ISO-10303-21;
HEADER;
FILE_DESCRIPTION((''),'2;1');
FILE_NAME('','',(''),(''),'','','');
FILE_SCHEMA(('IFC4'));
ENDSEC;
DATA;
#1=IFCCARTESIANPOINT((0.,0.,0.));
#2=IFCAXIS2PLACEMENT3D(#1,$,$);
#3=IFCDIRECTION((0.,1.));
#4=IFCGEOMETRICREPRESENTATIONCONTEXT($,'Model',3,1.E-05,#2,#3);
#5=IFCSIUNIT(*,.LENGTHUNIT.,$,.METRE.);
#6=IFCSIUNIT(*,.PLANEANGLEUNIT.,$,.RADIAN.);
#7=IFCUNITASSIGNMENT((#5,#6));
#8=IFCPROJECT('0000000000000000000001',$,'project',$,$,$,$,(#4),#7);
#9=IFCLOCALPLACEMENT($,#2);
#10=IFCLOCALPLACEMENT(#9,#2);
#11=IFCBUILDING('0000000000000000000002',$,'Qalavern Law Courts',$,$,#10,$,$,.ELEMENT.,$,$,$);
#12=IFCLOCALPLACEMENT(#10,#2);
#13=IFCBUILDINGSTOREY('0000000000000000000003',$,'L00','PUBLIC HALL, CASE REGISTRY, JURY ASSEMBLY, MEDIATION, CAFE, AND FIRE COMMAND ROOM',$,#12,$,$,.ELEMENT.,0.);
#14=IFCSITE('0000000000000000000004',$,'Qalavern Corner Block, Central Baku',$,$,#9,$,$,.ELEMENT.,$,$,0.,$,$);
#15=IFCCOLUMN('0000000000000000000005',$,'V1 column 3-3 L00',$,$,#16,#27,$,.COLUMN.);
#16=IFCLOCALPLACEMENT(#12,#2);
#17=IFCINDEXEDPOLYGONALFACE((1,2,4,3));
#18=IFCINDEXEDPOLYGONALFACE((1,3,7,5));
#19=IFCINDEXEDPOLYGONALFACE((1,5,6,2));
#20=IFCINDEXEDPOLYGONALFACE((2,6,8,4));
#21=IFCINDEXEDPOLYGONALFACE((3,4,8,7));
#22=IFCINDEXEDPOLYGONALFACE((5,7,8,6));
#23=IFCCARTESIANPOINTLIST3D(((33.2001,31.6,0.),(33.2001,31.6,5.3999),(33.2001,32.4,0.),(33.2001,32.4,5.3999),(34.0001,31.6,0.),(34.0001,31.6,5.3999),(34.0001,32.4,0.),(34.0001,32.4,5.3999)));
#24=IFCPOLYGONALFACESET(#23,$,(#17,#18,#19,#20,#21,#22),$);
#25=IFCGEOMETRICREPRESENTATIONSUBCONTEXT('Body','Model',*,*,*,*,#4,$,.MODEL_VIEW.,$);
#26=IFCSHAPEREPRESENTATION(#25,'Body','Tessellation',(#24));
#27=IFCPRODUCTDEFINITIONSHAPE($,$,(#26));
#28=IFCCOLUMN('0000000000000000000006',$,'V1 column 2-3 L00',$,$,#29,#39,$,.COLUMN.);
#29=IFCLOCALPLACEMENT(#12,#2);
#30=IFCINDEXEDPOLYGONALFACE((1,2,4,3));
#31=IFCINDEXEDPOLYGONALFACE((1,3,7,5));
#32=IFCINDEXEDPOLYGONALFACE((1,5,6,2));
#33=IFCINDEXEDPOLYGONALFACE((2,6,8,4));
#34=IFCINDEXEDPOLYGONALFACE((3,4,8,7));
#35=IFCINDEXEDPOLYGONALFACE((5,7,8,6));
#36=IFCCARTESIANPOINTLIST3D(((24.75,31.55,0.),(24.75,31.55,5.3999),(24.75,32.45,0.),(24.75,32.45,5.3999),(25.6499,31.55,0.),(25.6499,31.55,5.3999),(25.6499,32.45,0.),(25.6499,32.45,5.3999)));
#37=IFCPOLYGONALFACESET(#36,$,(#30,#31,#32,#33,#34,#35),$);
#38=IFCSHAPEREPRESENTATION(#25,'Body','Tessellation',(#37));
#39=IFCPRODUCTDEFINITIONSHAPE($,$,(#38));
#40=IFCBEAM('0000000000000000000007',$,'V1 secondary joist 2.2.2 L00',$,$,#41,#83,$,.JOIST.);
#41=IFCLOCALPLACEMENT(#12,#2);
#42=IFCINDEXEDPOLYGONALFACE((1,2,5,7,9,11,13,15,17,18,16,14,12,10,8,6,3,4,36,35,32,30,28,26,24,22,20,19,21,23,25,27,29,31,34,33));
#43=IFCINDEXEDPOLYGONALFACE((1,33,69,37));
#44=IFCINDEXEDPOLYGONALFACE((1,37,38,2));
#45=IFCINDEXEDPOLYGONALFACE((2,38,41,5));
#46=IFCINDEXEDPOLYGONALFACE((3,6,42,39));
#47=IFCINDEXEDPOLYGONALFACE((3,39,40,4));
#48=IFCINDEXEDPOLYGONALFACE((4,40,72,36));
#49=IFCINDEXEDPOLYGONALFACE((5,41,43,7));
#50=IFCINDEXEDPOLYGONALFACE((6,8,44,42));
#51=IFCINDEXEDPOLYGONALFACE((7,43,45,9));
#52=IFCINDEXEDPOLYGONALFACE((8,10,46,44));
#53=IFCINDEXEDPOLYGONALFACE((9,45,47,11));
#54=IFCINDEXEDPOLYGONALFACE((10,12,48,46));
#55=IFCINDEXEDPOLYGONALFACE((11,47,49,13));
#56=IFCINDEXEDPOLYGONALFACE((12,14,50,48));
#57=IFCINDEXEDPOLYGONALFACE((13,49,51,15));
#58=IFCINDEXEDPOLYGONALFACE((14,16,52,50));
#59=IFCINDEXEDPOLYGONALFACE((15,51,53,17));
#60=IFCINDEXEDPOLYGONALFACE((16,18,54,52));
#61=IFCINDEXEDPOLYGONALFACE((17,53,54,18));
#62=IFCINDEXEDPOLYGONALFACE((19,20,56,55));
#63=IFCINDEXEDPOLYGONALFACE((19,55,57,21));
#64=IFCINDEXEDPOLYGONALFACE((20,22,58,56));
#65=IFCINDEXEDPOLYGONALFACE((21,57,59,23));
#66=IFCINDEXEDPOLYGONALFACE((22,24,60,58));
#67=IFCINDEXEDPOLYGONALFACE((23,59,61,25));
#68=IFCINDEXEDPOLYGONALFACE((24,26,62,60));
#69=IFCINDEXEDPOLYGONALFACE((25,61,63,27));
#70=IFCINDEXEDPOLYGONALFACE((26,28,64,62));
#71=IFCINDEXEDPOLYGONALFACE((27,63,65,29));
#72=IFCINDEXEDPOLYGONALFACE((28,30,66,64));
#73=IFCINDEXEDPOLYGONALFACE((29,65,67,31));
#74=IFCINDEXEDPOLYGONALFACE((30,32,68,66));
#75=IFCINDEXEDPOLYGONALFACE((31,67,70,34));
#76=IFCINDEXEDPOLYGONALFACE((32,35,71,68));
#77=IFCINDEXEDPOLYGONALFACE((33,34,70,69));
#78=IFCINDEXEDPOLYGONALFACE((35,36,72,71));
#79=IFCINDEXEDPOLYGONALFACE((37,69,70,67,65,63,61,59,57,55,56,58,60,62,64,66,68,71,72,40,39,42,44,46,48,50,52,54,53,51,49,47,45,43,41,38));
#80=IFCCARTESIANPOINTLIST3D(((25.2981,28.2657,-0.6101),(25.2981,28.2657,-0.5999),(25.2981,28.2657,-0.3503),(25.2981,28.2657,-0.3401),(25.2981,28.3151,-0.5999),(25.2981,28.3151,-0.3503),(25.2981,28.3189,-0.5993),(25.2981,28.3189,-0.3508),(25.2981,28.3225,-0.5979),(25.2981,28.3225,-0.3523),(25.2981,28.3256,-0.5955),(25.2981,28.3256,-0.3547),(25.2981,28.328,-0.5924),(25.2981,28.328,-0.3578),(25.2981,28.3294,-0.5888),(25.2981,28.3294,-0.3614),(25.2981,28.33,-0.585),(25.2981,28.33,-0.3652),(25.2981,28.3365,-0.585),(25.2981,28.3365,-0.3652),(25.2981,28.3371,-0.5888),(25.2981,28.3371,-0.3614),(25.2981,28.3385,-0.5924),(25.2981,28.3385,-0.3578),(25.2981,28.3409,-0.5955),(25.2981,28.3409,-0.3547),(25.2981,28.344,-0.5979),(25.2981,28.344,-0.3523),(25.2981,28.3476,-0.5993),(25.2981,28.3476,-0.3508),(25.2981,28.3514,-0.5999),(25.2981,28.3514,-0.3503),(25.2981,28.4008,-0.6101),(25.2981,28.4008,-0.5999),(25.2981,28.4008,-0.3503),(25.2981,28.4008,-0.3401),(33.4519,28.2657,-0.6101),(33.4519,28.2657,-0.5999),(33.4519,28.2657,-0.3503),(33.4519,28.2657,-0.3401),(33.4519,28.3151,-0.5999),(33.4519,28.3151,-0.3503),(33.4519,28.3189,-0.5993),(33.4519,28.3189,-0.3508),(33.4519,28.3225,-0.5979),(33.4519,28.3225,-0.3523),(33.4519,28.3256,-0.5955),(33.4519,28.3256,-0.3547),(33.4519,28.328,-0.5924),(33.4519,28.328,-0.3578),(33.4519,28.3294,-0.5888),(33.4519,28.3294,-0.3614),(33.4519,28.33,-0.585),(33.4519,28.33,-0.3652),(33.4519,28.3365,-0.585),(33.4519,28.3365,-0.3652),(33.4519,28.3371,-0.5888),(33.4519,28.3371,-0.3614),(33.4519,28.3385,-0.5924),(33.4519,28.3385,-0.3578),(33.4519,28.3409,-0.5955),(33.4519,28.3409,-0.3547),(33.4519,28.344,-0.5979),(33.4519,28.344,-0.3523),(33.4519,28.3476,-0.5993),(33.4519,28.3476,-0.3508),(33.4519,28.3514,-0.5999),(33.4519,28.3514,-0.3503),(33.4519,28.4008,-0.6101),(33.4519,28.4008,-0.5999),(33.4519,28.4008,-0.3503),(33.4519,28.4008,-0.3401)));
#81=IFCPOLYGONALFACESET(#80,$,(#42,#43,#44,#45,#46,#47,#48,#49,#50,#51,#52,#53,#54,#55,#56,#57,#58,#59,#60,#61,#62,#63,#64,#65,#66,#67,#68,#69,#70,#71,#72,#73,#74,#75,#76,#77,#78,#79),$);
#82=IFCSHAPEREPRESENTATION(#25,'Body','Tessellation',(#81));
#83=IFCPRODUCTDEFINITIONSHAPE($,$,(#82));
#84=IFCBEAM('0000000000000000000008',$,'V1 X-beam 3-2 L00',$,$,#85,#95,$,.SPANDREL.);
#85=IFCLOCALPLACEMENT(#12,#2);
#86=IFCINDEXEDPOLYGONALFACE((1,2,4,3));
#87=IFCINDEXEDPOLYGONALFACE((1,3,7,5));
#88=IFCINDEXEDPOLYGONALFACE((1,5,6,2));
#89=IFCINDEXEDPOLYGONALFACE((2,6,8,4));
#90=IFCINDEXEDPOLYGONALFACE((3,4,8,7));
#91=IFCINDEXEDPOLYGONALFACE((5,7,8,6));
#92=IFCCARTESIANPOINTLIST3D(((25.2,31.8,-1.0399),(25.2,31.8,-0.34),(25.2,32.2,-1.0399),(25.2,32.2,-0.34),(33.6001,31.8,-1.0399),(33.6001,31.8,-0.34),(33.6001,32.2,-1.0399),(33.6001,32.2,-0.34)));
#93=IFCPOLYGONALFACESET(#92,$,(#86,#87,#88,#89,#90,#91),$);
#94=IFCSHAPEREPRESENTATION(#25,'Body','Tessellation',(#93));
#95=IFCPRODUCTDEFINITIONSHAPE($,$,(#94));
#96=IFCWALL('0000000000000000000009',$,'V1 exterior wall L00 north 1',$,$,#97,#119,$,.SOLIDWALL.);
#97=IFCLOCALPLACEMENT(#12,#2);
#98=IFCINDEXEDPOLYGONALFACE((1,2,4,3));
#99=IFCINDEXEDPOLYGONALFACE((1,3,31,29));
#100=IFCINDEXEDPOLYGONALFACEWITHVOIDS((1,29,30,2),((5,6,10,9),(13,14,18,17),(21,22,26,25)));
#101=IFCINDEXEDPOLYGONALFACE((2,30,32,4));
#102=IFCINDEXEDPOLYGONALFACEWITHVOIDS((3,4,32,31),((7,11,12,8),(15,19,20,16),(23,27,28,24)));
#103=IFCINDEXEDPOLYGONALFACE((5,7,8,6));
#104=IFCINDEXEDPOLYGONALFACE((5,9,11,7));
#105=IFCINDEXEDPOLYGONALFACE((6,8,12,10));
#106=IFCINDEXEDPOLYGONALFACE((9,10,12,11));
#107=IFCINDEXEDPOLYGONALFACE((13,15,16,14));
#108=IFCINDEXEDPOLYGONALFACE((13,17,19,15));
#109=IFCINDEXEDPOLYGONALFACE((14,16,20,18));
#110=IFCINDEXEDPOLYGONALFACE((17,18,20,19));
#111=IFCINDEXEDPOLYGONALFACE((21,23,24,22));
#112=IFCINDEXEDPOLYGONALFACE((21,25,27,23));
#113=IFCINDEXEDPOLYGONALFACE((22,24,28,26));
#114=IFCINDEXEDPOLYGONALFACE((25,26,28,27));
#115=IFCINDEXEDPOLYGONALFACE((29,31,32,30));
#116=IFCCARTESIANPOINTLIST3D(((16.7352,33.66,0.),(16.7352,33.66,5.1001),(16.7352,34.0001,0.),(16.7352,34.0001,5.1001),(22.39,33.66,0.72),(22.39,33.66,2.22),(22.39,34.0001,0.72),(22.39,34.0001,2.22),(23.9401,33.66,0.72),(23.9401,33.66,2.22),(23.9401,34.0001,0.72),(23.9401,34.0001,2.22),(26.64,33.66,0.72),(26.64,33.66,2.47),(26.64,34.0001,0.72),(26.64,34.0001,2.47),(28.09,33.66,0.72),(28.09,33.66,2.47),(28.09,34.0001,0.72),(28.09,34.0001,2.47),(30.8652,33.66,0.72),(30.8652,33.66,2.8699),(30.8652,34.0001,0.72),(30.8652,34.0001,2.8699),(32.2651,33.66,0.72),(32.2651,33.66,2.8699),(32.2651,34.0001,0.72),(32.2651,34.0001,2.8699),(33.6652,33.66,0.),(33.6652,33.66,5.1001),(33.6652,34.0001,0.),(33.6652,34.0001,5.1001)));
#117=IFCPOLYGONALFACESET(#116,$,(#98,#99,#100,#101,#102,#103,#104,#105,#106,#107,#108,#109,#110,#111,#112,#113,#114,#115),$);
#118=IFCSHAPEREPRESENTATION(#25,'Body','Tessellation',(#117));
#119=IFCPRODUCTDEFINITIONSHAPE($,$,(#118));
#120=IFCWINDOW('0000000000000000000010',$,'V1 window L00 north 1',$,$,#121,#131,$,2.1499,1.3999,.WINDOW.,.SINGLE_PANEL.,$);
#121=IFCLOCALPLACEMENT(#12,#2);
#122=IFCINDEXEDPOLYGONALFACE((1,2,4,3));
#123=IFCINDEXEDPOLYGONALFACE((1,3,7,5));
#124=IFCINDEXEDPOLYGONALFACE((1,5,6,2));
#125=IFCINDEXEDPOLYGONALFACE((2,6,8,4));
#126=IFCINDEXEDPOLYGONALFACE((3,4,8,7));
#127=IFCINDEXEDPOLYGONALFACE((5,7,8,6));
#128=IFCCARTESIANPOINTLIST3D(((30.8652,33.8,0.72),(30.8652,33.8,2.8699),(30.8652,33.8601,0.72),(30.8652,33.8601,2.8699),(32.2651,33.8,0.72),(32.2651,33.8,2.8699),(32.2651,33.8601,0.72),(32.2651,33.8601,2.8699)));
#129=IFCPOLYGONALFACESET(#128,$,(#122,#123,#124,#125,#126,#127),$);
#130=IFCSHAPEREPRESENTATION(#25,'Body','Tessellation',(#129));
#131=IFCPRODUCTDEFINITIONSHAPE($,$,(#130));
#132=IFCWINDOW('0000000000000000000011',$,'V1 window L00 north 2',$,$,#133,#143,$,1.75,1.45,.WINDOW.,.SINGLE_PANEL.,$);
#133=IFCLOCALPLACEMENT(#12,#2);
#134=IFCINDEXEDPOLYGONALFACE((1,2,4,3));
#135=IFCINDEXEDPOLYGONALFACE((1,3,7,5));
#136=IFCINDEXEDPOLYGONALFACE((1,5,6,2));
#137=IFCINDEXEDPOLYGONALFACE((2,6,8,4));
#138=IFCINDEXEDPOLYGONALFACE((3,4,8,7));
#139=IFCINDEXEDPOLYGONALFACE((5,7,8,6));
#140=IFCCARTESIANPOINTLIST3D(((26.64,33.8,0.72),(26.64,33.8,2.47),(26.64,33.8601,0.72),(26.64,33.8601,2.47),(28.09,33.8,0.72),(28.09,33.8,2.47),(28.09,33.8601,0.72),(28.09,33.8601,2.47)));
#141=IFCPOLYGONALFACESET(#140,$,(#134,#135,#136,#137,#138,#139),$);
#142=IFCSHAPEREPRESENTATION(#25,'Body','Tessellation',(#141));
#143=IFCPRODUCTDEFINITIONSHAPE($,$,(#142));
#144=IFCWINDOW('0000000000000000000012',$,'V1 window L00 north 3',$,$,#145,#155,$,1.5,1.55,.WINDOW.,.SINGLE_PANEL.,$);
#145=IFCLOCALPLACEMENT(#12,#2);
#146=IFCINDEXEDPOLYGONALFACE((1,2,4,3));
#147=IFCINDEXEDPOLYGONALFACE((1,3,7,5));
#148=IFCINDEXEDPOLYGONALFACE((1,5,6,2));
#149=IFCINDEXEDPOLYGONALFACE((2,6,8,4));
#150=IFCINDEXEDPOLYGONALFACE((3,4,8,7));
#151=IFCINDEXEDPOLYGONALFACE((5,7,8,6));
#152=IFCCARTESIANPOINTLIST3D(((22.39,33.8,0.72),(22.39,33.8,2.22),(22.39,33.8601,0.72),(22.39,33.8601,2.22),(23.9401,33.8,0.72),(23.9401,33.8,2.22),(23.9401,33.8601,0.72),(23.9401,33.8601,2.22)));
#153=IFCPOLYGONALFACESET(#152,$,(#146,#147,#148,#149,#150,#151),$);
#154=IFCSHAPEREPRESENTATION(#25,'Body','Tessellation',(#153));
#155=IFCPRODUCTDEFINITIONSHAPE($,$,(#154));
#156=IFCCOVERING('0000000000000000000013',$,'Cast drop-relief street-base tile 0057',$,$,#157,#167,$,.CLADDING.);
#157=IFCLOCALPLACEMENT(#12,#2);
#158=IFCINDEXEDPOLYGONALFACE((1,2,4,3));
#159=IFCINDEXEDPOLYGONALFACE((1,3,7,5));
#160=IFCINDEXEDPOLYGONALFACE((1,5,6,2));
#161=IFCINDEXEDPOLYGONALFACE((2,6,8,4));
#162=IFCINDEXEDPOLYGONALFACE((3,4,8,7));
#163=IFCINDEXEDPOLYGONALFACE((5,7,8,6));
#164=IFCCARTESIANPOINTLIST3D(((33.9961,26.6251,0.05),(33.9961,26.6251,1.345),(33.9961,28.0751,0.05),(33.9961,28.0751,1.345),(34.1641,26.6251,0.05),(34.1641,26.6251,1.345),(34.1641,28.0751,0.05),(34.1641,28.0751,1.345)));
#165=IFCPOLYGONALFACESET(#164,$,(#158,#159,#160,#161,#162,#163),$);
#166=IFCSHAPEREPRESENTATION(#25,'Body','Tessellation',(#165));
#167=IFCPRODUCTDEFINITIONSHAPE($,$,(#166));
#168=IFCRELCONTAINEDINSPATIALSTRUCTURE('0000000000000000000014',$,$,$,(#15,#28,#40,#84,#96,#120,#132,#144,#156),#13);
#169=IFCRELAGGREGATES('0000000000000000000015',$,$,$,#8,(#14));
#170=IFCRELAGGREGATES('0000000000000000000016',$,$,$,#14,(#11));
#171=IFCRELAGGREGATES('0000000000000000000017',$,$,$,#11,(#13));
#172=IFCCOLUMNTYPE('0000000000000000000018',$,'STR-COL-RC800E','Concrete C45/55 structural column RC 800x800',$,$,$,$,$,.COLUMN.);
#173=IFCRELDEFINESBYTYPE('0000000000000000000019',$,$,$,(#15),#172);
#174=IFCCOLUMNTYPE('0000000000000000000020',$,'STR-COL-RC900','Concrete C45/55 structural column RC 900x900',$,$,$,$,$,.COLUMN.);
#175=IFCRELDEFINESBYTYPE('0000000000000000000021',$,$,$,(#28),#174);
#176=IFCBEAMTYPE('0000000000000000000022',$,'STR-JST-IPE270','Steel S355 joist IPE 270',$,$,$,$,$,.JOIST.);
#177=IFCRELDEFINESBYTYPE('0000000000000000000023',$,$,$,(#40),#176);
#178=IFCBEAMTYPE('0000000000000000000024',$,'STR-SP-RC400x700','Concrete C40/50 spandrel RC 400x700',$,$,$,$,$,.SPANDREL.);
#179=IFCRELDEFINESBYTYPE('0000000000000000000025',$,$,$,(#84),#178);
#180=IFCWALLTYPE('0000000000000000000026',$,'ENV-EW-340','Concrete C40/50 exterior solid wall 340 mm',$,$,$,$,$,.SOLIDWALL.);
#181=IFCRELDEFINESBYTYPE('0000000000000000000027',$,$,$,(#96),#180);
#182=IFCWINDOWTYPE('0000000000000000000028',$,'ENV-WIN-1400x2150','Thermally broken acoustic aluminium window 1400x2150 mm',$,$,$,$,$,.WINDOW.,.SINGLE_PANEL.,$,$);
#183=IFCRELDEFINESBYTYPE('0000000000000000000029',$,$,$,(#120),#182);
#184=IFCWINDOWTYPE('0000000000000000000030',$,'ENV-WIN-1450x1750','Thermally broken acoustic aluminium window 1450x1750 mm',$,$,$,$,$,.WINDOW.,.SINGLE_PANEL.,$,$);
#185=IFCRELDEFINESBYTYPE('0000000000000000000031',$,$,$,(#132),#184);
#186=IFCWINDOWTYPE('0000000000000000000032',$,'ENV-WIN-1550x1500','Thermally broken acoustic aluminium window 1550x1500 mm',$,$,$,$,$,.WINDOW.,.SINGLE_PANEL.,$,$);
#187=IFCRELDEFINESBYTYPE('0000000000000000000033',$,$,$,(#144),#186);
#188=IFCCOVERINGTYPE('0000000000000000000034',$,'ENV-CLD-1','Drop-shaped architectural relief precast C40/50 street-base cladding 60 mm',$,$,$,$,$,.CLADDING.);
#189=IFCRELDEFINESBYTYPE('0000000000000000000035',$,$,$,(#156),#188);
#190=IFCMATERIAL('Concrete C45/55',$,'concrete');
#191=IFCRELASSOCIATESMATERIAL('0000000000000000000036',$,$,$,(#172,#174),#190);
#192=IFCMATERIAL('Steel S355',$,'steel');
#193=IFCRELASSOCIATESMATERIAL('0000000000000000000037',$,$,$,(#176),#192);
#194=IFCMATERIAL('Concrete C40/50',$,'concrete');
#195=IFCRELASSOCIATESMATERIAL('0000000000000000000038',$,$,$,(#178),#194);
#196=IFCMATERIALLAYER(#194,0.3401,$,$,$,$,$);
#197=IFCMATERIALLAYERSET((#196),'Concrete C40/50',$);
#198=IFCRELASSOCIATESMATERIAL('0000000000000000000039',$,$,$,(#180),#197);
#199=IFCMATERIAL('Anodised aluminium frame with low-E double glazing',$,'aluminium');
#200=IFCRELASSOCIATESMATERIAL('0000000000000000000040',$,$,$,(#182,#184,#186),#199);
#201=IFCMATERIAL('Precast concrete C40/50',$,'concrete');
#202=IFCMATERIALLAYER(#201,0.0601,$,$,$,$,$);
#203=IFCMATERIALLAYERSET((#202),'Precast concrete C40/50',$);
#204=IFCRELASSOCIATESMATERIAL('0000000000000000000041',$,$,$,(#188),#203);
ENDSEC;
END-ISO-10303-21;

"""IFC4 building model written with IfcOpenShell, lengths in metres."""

from ifc_helpers import new_model, si_unit, direction, frame, frame_2d, origin, origin_2d, place, context, subcontext, project, spatial, rectangle, i_section, extrude, material, layer, layer_set, material_profile, profile_set, type_object, element, fill, save


model = new_model("IFC4")

# Units and contexts
model_context = context("Model", 3, precision=1e-05, world=origin(), true_north=direction((0.0, 1.0)))
body_context = subcontext(model_context, "Body", "Model", "MODEL_VIEW")
ifc_project = project(units=[si_unit("LENGTHUNIT", "METRE"), si_unit("PLANEANGLEUNIT", "RADIAN")], contexts=[model_context])

# Site, building, storey
site_placement = place(None, origin())
site = spatial("IfcSite", under=ifc_project, at=site_placement, Name="Qalavern Corner Block, Central Baku", CompositionType="ELEMENT", RefElevation=0.0)
building_placement = place(site_placement, origin())
building = spatial("IfcBuilding", under=site, at=building_placement, Name="Qalavern Law Courts", CompositionType="ELEMENT")
storey_placement = place(building_placement, origin())
storey = spatial("IfcBuildingStorey", under=building, at=storey_placement, Name="L00", Description="PUBLIC HALL, CASE REGISTRY, JURY ASSEMBLY, MEDIATION, CAFE, AND FIRE COMMAND ROOM", CompositionType="ELEMENT", Elevation=0.0)

# Columns
ifc_material_1 = material(Name="Concrete C45/55", Category="concrete")
ifc_material_profile_1 = material_profile(ifc_material_1, rectangle(XDim=0.8, YDim=0.8, at=origin_2d()), Name="RC 800x800")
ifc_profile_set_1 = profile_set([ifc_material_profile_1], Name="Concrete C45/55")
column_type_1 = type_object("IfcColumnType", Name="STR-COL-RC800E", Description="Concrete C45/55 structural column RC 800x800", PredefinedType="COLUMN", material=ifc_profile_set_1)
column_1_placement = place(storey_placement, frame((33.6001, 32.0, 0.0), z_axis=(0.0, 0.0, 1.0), x_axis=(1.0, 0.0, 0.0)))
element("IfcColumn", 1, at=column_1_placement, inside=storey, type_object=column_type_1, Name="V1 column 3-3 L00", PredefinedType="COLUMN", context=body_context, shape_type="SweptSolid", body=[
    extrude(rectangle(XDim=0.8, YDim=0.8, at=origin_2d()), origin(), (0.0, 0.0, 1.0), 5.3999),
])
ifc_material_profile_2 = material_profile(ifc_material_1, rectangle(XDim=0.8999, YDim=0.8999, at=origin_2d()), Name="RC 900x900")
ifc_profile_set_2 = profile_set([ifc_material_profile_2], Name="Concrete C45/55")
column_type_2 = type_object("IfcColumnType", Name="STR-COL-RC900", Description="Concrete C45/55 structural column RC 900x900", PredefinedType="COLUMN", material=ifc_profile_set_2)
column_2_placement = place(storey_placement, frame((25.2, 32.0, 0.0), z_axis=(0.0, 0.0, 1.0), x_axis=(1.0, 0.0, 0.0)))
element("IfcColumn", 2, at=column_2_placement, inside=storey, type_object=column_type_2, Name="V1 column 2-3 L00", PredefinedType="COLUMN", context=body_context, shape_type="SweptSolid", body=[
    extrude(rectangle(XDim=0.8999, YDim=0.8999, at=origin_2d()), origin(), (0.0, 0.0, 1.0), 5.3999),
])

# Beams
ifc_material_2 = material(Name="Steel S355", Category="steel")
ifc_material_profile_3 = material_profile(ifc_material_2, i_section(OverallWidth=0.135, OverallDepth=0.27, WebThickness=0.0066, FlangeThickness=0.0103, FilletRadius=0.0149, at=origin_2d()), Name="IPE 270")
ifc_profile_set_3 = profile_set([ifc_material_profile_3], Name="Steel S355")
beam_type_1 = type_object("IfcBeamType", Name="STR-JST-IPE270", Description="Steel S355 joist IPE 270", PredefinedType="JOIST", material=ifc_profile_set_3)
beam_1_placement = place(storey_placement, frame((25.2981, 28.3333, -0.4751), z_axis=(1.0, 0.0, 0.0), x_axis=(0.0, 1.0, 0.0)))
element("IfcBeam", 3, at=beam_1_placement, inside=storey, type_object=beam_type_1, Name="V1 secondary joist 2.2.2 L00", PredefinedType="JOIST", context=body_context, shape_type="SweptSolid", body=[
    extrude(i_section(OverallWidth=0.135, OverallDepth=0.27, WebThickness=0.0066, FlangeThickness=0.0103, FilletRadius=0.0149, at=origin_2d()), origin(), (0.0, 0.0, 1.0), 8.1538),
])
ifc_material_3 = material(Name="Concrete C40/50", Category="concrete")
ifc_material_profile_4 = material_profile(ifc_material_3, rectangle(XDim=0.3999, YDim=0.7, at=origin_2d()), Name="RC 400x700")
ifc_profile_set_4 = profile_set([ifc_material_profile_4], Name="Concrete C40/50")
beam_type_2 = type_object("IfcBeamType", Name="STR-SP-RC400x700", Description="Concrete C40/50 spandrel RC 400x700", PredefinedType="SPANDREL", material=ifc_profile_set_4)
beam_2_placement = place(storey_placement, frame((25.2, 32.0, -0.6899), z_axis=(1.0, 0.0, 0.0), x_axis=(0.0, 1.0, 0.0)))
element("IfcBeam", 4, at=beam_2_placement, inside=storey, type_object=beam_type_2, Name="V1 X-beam 3-2 L00", PredefinedType="SPANDREL", context=body_context, shape_type="SweptSolid", body=[
    extrude(rectangle(XDim=0.3999, YDim=0.7, at=origin_2d()), origin(), (0.0, 0.0, 1.0), 8.4001),
])

# Wall, openings, windows
ifc_layer_1 = layer(ifc_material_3, 0.3401)
ifc_layer_set_1 = layer_set([ifc_layer_1], Name="Concrete C40/50")
wall_type = type_object("IfcWallType", Name="ENV-EW-340", Description="Concrete C40/50 exterior solid wall 340 mm", PredefinedType="SOLIDWALL", material=ifc_layer_set_1)
wall_placement = place(storey_placement, frame((33.665, 33.8301, 0.0), z_axis=(0.0, 0.0, 1.0), x_axis=(-1.0, 0.0, 0.0)))
wall = element("IfcWall", 5, at=wall_placement, inside=storey, type_object=wall_type, Name="V1 exterior wall L00 north 1", PredefinedType="SOLIDWALL", context=body_context, shape_type="SweptSolid", body=[
    extrude(rectangle(XDim=16.9299, YDim=0.3401, at=frame_2d((8.4648, 0.0))), origin(), (0.0, 0.0, 1.0), 5.1001),
])
opening_1_placement = place(wall_placement, frame((1.3999, 0.0, 0.72)))
opening_1 = element("IfcOpeningElement", 6, at=opening_1_placement, cuts=wall, PredefinedType="OPENING", context=body_context, shape_type="SweptSolid", body=[
    extrude(rectangle(XDim=1.3999, YDim=2.1499, at=frame_2d((0.7, 1.075))), frame((0.0, 0.1851, 0.0), z_axis=(0.0, -1.0, 0.0), x_axis=(1.0, 0.0, 0.0)), (0.0, 0.0, 1.0), 0.3699),
])
opening_2_placement = place(wall_placement, frame((5.575, 0.0, 0.72)))
opening_2 = element("IfcOpeningElement", 7, at=opening_2_placement, cuts=wall, PredefinedType="OPENING", context=body_context, shape_type="SweptSolid", body=[
    extrude(rectangle(XDim=1.45, YDim=1.75, at=frame_2d((0.7251, 0.875))), frame((0.0, 0.1851, 0.0), z_axis=(0.0, -1.0, 0.0), x_axis=(1.0, 0.0, 0.0)), (0.0, 0.0, 1.0), 0.3699),
])
opening_3_placement = place(wall_placement, frame((9.7251, 0.0, 0.72)))
opening_3 = element("IfcOpeningElement", 8, at=opening_3_placement, cuts=wall, PredefinedType="OPENING", context=body_context, shape_type="SweptSolid", body=[
    extrude(rectangle(XDim=1.55, YDim=1.5, at=frame_2d((0.7749, 0.75))), frame((0.0, 0.1851, 0.0), z_axis=(0.0, -1.0, 0.0), x_axis=(1.0, 0.0, 0.0)), (0.0, 0.0, 1.0), 0.3699),
])
ifc_material_4 = material(Name="Anodised aluminium frame with low-E double glazing", Category="aluminium")
window_type_1 = type_object("IfcWindowType", Name="ENV-WIN-1400x2150", Description="Thermally broken acoustic aluminium window 1400x2150 mm", PartitioningType="SINGLE_PANEL", PredefinedType="WINDOW", material=ifc_material_4)
window_1_placement = place(opening_1_placement, origin())
window_1 = element("IfcWindow", 9, at=window_1_placement, inside=storey, type_object=window_type_1, Name="V1 window L00 north 1", OverallHeight=2.1499, OverallWidth=1.3999, PartitioningType="SINGLE_PANEL", PredefinedType="WINDOW", context=body_context, shape_type="SweptSolid", body=[
    extrude(rectangle(XDim=1.3999, YDim=2.1499, at=frame_2d((0.7, 1.075))), frame((0.0, 0.03, 0.0), z_axis=(0.0, -1.0, 0.0), x_axis=(1.0, 0.0, 0.0)), (0.0, 0.0, 1.0), 0.0601),
])
fill(opening_1, window_1)
window_type_2 = type_object("IfcWindowType", Name="ENV-WIN-1450x1750", Description="Thermally broken acoustic aluminium window 1450x1750 mm", PartitioningType="SINGLE_PANEL", PredefinedType="WINDOW", material=ifc_material_4)
window_2_placement = place(opening_2_placement, origin())
window_2 = element("IfcWindow", 10, at=window_2_placement, inside=storey, type_object=window_type_2, Name="V1 window L00 north 2", OverallHeight=1.75, OverallWidth=1.45, PartitioningType="SINGLE_PANEL", PredefinedType="WINDOW", context=body_context, shape_type="SweptSolid", body=[
    extrude(rectangle(XDim=1.45, YDim=1.75, at=frame_2d((0.7251, 0.875))), frame((0.0, 0.03, 0.0), z_axis=(0.0, -1.0, 0.0), x_axis=(1.0, 0.0, 0.0)), (0.0, 0.0, 1.0), 0.0601),
])
fill(opening_2, window_2)
window_type_3 = type_object("IfcWindowType", Name="ENV-WIN-1550x1500", Description="Thermally broken acoustic aluminium window 1550x1500 mm", PartitioningType="SINGLE_PANEL", PredefinedType="WINDOW", material=ifc_material_4)
window_3_placement = place(opening_3_placement, origin())
window_3 = element("IfcWindow", 11, at=window_3_placement, inside=storey, type_object=window_type_3, Name="V1 window L00 north 3", OverallHeight=1.5, OverallWidth=1.55, PartitioningType="SINGLE_PANEL", PredefinedType="WINDOW", context=body_context, shape_type="SweptSolid", body=[
    extrude(rectangle(XDim=1.55, YDim=1.5, at=frame_2d((0.7749, 0.75))), frame((0.0, 0.03, 0.0), z_axis=(0.0, -1.0, 0.0), x_axis=(1.0, 0.0, 0.0)), (0.0, 0.0, 1.0), 0.0601),
])
fill(opening_3, window_3)

# Covering
ifc_material_5 = material(Name="Precast concrete C40/50", Category="concrete")
ifc_layer_2 = layer(ifc_material_5, 0.0601)
ifc_layer_set_2 = layer_set([ifc_layer_2], Name="Precast concrete C40/50")
covering_type_1 = type_object("IfcCoveringType", Name="ENV-CLD-1", Description="Drop-shaped architectural relief precast C40/50 street-base cladding 60 mm", PredefinedType="CLADDING", material=ifc_layer_set_2)
covering_placement = place(storey_placement, frame((34.0801, 27.3501, 0.05), z_axis=(0.0, 0.0, 1.0), x_axis=(0.0, 1.0, 0.0)))
element("IfcCovering", 12, at=covering_placement, inside=storey, type_object=covering_type_1, Name="Cast drop-relief street-base tile 0057", PredefinedType="CLADDING", context=body_context, shape_type="SweptSolid", body=[
    extrude(rectangle(XDim=1.45, YDim=0.168, at=origin_2d()), origin(), (0.0, 0.0, 1.0), 1.2949),
])

save(model, "model.ifc")
